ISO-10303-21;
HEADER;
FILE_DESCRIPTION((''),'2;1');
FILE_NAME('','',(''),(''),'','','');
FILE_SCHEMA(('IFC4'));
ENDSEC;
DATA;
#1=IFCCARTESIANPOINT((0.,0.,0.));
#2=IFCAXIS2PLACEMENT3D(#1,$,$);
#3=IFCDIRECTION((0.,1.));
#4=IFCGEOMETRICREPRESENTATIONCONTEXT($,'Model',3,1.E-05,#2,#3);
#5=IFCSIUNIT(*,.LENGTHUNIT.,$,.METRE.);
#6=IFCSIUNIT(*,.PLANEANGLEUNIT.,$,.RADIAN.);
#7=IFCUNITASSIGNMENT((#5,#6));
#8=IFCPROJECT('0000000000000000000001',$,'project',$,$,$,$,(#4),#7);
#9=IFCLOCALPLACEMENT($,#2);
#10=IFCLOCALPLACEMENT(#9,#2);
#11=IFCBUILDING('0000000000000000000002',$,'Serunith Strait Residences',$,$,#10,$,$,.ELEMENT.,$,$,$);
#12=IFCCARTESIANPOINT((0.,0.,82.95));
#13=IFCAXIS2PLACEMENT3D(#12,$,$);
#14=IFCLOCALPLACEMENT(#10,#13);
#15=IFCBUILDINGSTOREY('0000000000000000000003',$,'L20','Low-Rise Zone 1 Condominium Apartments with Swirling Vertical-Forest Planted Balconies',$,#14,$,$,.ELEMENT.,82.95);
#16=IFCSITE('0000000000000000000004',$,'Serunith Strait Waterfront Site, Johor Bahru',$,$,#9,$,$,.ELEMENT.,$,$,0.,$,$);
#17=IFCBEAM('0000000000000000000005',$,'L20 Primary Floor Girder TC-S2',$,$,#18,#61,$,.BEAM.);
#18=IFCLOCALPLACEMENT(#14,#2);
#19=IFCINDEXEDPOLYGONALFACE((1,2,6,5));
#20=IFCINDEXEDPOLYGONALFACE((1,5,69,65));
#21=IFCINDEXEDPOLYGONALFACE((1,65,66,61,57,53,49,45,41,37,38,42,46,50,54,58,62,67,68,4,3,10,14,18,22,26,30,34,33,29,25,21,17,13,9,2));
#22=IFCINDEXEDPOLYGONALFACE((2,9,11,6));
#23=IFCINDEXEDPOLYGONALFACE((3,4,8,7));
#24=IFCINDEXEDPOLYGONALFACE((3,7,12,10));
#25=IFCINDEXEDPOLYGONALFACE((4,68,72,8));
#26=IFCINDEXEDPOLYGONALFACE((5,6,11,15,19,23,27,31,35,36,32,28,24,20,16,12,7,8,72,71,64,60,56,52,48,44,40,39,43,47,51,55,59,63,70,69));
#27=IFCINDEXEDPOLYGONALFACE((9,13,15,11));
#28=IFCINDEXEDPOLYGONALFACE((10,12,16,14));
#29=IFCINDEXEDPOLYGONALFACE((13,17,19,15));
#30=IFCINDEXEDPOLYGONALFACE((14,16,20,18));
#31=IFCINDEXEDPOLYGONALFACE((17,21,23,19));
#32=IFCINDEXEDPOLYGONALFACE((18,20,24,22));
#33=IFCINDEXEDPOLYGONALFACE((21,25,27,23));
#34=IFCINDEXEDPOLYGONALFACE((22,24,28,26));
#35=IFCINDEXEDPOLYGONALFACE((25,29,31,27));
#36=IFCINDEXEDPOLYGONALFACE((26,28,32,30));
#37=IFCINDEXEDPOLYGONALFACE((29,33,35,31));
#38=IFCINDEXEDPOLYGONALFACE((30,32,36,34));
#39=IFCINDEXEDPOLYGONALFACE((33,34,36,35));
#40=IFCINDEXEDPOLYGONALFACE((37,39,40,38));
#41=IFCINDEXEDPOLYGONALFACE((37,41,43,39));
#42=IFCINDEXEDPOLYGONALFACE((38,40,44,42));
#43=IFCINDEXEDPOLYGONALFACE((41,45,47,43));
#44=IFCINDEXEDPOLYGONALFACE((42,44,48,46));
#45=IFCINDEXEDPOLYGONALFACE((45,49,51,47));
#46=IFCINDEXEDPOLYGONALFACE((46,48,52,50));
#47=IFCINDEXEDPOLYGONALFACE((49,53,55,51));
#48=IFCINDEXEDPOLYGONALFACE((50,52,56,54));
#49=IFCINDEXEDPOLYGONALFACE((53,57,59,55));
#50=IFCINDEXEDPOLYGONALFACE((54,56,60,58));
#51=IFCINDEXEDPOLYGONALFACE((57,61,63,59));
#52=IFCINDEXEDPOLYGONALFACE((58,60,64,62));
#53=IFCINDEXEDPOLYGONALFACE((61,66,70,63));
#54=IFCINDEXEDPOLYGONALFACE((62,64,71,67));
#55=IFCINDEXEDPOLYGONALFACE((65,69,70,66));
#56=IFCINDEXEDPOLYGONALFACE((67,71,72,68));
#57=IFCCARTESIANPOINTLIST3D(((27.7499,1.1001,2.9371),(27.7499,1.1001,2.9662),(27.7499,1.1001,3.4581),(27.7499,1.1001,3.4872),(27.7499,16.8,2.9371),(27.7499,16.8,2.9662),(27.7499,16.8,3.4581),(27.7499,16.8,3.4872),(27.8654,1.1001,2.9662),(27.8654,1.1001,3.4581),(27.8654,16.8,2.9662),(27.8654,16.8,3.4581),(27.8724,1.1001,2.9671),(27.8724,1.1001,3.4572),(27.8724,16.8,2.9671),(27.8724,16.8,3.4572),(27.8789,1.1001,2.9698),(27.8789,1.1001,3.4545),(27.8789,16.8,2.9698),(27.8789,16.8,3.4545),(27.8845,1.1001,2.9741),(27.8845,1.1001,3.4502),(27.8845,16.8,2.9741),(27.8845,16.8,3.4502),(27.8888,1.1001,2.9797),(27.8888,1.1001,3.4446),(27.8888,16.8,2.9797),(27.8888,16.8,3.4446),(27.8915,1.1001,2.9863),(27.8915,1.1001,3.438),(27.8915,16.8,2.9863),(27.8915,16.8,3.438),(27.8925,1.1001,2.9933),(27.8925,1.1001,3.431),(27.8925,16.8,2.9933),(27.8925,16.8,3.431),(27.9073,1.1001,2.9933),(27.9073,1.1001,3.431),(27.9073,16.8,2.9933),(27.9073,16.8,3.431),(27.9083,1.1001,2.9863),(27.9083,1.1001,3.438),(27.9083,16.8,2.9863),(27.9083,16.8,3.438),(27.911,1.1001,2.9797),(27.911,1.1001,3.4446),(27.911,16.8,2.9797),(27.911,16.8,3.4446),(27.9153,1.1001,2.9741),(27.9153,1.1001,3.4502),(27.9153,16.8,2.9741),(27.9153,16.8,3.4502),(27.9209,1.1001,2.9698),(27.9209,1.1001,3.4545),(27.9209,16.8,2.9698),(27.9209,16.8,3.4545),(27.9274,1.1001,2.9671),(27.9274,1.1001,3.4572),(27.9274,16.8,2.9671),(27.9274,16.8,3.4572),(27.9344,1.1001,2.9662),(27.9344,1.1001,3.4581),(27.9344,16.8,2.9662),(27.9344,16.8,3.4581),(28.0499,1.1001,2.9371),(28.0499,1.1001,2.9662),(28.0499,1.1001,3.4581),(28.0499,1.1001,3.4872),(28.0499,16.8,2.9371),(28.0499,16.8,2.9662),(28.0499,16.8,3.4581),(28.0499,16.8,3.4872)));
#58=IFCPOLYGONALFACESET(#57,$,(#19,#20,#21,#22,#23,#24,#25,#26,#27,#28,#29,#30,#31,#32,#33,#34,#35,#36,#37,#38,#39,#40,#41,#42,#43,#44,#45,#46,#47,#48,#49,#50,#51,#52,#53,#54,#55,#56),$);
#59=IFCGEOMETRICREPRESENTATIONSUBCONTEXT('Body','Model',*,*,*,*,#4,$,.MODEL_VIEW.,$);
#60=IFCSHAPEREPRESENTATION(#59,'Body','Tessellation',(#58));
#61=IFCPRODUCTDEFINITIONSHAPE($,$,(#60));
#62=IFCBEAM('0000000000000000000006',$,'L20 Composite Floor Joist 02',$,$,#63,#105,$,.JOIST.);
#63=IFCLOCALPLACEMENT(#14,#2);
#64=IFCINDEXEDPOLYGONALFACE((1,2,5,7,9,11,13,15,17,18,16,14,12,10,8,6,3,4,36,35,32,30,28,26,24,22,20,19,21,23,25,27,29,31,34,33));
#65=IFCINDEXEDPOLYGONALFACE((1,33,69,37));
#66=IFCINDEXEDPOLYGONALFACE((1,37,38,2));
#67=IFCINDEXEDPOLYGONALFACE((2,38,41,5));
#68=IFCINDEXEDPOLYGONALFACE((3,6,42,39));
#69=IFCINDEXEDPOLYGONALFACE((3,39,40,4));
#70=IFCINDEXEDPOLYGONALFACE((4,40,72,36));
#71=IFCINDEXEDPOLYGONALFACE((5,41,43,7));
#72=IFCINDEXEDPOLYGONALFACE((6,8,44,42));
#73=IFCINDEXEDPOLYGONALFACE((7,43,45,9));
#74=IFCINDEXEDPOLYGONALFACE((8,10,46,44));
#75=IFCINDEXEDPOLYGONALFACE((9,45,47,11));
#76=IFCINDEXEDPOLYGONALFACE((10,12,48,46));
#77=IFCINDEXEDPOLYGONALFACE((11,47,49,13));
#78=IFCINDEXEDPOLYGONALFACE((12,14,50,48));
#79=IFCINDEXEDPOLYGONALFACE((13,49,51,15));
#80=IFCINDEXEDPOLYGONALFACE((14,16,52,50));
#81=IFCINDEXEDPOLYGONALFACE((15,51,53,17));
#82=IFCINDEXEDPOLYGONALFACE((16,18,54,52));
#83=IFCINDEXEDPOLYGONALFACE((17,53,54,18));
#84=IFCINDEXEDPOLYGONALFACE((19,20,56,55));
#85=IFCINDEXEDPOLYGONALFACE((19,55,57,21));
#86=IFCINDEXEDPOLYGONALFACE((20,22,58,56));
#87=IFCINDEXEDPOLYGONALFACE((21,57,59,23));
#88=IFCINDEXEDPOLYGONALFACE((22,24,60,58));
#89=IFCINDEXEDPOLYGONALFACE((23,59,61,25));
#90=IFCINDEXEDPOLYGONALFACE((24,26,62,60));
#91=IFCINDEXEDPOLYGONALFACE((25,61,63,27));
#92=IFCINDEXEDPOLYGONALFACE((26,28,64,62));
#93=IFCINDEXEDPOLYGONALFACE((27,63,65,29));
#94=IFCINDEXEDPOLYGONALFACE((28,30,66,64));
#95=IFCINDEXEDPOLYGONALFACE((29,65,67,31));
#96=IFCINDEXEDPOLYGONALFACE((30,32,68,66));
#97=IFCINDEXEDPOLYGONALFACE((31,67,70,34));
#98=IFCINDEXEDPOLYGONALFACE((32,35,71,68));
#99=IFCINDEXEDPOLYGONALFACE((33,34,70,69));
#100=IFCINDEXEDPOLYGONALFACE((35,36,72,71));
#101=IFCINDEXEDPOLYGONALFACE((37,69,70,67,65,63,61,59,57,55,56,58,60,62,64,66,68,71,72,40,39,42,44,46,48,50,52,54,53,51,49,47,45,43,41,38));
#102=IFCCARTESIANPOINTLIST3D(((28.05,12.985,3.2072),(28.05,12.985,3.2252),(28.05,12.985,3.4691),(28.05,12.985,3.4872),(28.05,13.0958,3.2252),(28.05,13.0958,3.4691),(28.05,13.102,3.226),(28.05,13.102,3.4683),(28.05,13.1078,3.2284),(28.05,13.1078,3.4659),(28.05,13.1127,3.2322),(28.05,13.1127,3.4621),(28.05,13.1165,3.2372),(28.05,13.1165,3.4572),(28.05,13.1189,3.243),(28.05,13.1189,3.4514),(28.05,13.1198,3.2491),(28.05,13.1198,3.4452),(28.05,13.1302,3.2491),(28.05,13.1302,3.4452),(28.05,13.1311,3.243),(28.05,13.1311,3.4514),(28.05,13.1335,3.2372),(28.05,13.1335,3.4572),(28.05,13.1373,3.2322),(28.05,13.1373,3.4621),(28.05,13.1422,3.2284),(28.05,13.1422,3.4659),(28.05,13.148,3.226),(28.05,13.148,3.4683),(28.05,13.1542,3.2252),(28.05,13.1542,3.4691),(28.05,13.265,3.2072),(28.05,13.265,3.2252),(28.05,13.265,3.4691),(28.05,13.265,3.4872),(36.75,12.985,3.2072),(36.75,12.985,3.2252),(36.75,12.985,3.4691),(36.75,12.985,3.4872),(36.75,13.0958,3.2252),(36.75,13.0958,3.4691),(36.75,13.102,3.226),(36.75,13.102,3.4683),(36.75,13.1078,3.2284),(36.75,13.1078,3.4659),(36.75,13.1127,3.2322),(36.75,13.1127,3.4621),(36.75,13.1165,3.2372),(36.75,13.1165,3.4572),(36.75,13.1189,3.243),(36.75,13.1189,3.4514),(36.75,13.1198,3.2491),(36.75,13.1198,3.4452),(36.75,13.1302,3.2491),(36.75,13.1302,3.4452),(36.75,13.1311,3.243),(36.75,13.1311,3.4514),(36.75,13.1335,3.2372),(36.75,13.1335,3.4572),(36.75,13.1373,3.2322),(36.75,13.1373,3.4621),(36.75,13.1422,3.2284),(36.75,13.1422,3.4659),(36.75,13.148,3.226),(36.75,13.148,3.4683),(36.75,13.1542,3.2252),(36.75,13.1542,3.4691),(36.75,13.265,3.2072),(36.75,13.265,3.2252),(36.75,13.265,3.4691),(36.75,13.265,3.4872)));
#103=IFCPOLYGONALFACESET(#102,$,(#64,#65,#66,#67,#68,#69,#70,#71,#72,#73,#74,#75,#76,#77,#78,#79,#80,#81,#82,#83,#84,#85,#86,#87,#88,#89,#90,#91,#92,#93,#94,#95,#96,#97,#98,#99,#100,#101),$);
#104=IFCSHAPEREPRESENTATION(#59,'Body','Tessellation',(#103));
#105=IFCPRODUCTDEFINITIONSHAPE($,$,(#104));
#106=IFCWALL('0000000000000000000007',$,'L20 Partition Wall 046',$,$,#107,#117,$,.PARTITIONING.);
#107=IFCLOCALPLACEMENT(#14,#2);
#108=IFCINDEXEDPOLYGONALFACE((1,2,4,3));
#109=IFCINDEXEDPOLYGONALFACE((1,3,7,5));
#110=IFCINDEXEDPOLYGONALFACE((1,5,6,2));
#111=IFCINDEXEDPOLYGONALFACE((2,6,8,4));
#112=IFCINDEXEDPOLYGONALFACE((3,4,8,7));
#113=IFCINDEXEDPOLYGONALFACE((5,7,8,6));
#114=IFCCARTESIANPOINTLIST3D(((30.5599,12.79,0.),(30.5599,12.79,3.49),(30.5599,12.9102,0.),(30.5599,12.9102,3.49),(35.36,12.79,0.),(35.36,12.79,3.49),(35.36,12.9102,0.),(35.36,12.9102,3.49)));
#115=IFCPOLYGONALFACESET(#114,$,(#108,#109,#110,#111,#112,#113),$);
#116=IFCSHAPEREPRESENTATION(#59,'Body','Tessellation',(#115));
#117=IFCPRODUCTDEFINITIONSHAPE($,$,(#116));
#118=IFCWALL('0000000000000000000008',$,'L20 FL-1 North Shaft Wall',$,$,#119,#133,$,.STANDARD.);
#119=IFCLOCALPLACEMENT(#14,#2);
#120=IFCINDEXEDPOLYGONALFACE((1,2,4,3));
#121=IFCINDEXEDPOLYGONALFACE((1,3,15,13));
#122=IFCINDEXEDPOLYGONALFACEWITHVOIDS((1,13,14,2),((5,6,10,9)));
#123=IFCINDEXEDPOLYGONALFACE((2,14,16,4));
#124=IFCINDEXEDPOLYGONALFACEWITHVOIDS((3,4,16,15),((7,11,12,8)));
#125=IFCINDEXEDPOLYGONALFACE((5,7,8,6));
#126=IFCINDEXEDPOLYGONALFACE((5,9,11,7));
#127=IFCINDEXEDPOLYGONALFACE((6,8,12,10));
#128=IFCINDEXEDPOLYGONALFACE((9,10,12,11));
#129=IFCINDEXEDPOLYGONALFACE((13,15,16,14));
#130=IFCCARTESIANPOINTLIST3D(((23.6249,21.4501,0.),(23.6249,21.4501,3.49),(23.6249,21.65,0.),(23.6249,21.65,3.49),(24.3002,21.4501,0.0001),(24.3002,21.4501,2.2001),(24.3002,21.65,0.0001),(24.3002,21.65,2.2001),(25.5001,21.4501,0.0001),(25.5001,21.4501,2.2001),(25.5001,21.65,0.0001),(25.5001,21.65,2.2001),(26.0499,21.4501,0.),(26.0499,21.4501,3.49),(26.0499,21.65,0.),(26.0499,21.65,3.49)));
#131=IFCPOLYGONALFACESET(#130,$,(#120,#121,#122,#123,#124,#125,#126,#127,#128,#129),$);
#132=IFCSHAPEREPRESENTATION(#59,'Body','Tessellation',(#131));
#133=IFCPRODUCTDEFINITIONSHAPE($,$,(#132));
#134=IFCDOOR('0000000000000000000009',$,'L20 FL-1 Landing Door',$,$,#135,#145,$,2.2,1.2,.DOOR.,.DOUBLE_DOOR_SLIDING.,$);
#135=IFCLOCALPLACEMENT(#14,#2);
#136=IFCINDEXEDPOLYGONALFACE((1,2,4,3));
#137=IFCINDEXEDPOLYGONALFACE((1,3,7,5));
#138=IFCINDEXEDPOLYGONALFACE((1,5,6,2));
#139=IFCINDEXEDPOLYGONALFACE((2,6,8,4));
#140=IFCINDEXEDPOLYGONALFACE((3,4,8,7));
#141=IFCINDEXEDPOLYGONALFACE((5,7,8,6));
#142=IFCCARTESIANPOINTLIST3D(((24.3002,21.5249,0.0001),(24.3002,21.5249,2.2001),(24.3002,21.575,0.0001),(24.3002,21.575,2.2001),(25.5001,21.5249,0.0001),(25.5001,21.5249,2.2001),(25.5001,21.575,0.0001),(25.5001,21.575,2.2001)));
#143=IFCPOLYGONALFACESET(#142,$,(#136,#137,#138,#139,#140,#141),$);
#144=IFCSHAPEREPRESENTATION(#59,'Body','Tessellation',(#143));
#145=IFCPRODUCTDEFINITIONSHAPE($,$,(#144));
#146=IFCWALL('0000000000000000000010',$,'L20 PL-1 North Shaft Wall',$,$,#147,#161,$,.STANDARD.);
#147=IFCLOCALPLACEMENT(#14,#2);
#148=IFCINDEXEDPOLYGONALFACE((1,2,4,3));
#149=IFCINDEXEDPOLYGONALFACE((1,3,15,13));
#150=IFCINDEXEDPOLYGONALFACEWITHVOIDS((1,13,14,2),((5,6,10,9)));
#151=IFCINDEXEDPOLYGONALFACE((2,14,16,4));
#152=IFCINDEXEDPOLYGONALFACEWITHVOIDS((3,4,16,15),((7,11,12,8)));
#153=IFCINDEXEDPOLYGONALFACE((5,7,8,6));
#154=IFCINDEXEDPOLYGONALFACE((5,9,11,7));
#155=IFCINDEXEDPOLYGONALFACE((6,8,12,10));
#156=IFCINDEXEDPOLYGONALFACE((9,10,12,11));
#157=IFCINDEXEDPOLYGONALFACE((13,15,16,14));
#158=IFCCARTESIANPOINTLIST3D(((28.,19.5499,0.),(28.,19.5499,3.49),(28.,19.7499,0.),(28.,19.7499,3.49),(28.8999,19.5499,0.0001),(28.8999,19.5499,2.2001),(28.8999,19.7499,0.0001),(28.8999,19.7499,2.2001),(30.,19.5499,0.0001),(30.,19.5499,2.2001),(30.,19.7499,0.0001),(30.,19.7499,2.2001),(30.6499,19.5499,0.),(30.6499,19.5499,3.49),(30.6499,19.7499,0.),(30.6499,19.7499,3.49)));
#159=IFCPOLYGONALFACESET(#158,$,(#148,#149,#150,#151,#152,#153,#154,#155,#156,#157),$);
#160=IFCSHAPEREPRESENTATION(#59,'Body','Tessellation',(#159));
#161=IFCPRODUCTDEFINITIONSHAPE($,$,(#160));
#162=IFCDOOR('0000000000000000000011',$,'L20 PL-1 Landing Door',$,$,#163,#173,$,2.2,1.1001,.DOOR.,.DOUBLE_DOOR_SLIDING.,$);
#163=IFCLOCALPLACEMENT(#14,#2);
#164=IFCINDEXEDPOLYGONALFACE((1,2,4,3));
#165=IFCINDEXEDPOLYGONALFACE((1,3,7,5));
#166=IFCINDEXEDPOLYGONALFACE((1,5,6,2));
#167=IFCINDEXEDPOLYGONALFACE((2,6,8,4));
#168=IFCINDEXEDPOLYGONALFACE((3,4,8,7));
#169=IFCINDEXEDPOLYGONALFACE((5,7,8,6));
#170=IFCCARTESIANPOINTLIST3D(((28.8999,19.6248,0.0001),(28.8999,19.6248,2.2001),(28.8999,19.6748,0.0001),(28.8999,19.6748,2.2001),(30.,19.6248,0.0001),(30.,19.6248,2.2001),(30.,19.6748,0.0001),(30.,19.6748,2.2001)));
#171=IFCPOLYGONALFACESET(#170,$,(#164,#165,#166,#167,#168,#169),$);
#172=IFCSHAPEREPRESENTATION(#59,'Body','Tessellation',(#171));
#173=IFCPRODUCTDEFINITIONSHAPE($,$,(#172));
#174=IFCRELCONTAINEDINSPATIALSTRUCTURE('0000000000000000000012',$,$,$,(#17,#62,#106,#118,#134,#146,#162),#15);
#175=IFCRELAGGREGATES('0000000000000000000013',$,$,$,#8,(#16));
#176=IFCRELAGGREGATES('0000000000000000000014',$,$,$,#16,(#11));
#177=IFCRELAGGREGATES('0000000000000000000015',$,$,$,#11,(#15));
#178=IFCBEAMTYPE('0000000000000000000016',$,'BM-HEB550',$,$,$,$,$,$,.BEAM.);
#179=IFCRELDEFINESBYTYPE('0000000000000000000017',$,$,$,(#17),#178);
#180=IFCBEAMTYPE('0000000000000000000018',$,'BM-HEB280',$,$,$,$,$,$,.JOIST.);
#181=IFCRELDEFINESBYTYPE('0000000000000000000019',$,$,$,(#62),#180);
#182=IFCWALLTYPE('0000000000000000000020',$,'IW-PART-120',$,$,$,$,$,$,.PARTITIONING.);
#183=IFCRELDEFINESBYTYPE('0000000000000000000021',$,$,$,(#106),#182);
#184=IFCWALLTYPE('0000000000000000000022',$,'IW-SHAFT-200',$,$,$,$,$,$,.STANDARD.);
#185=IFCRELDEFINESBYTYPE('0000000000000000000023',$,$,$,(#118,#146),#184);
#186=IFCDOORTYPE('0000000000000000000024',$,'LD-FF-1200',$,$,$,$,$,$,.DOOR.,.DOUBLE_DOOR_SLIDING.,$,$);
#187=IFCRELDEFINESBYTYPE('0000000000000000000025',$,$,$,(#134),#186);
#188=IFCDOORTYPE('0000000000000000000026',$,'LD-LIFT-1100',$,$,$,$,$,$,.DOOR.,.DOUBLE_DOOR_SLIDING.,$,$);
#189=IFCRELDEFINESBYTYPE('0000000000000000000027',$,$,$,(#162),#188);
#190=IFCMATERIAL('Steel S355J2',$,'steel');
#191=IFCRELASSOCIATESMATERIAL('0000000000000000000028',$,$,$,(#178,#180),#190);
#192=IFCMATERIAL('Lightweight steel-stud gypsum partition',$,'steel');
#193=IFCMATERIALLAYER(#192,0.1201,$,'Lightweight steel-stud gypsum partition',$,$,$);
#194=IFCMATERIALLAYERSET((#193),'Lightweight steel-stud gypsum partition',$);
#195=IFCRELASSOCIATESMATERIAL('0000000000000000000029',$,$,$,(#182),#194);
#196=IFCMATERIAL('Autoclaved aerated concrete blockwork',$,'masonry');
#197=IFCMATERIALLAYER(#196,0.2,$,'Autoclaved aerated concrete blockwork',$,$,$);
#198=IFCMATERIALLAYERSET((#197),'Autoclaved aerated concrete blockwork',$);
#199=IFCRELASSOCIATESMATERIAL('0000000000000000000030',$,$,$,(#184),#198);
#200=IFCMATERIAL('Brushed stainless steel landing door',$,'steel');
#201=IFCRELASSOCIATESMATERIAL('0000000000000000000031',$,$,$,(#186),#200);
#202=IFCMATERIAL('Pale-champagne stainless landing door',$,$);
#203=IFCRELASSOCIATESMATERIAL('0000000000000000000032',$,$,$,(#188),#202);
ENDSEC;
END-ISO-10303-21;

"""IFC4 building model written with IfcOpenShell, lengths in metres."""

from ifc_helpers import new_model, si_unit, direction, frame, frame_2d, origin, origin_2d, place, context, subcontext, project, spatial, rectangle, i_section, extrude, source, transform, mapped, material, layer, layer_set, material_profile, profile_set, type_object, element, fill, save


model = new_model("IFC4")

# Units and contexts
model_context = context("Model", 3, precision=1e-05, world=origin(), true_north=direction((0.0, 1.0)))
body_context = subcontext(model_context, "Body", "Model", "MODEL_VIEW")
ifc_project = project(units=[si_unit("LENGTHUNIT", "METRE"), si_unit("PLANEANGLEUNIT", "RADIAN")], contexts=[model_context])

# Site, building, storey
site_placement = place(None, origin())
site = spatial("IfcSite", under=ifc_project, at=site_placement, Name="Serunith Strait Waterfront Site, Johor Bahru", CompositionType="ELEMENT", RefElevation=0.0)
building_placement = place(site_placement, origin())
building = spatial("IfcBuilding", under=site, at=building_placement, Name="Serunith Strait Residences", CompositionType="ELEMENT")
storey_placement = place(building_placement, frame((0.0, 0.0, 82.95)))
storey = spatial("IfcBuildingStorey", under=building, at=storey_placement, Name="L20", Description="Low-Rise Zone 1 Condominium Apartments with Swirling Vertical-Forest Planted Balconies", CompositionType="ELEMENT", Elevation=82.95)

# Beams
ifc_material_1 = material(Name="Steel S355J2", Category="steel")
ifc_material_profile_1 = material_profile(ifc_material_1, i_section(OverallWidth=0.3, OverallDepth=0.55, WebThickness=0.0149, FlangeThickness=0.0291, FilletRadius=0.0271, at=origin_2d()), Name="HEB 550")
ifc_profile_set_1 = profile_set([ifc_material_profile_1], Name="Steel S355J2")
beam_type_1 = type_object("IfcBeamType", Name="BM-HEB550", PredefinedType="BEAM", material=ifc_profile_set_1)
shared_shape_1 = source(origin(), body_context, "Body", "SweptSolid", [
    extrude(i_section(OverallWidth=0.3, OverallDepth=0.55, WebThickness=0.0149, FlangeThickness=0.0291, FilletRadius=0.0271, at=origin_2d()), origin(), (0.0, 0.0, 1.0), 15.7),
])
beam_1_placement = place(storey_placement, frame((27.8999, 16.8, 3.2122), z_axis=(0.0, -1.0, 0.0), x_axis=(1.0, 0.0, 0.0)))
element("IfcBeam", 1, at=beam_1_placement, inside=storey, type_object=beam_type_1, Name="L20 Primary Floor Girder TC-S2", PredefinedType="BEAM", context=body_context, shape_type="MappedRepresentation", body=[
    mapped(shared_shape_1, transform((0.0, 0.0, 0.0), scale=1.0)),
])
ifc_material_profile_2 = material_profile(ifc_material_1, i_section(OverallWidth=0.28, OverallDepth=0.28, WebThickness=0.0105, FlangeThickness=0.0181, FilletRadius=0.0239, at=origin_2d()), Name="HEB 280")
ifc_profile_set_2 = profile_set([ifc_material_profile_2], Name="Steel S355J2")
beam_type_2 = type_object("IfcBeamType", Name="BM-HEB280", PredefinedType="JOIST", material=ifc_profile_set_2)
shared_shape_2 = source(origin(), body_context, "Body", "SweptSolid", [
    extrude(i_section(OverallWidth=0.28, OverallDepth=0.28, WebThickness=0.0105, FlangeThickness=0.0181, FilletRadius=0.0239, at=origin_2d()), origin(), (0.0, 0.0, 1.0), 8.7),
])
beam_2_placement = place(storey_placement, frame((28.05, 13.125, 3.3472), z_axis=(1.0, 0.0, 0.0), x_axis=(0.0, 1.0, 0.0)))
element("IfcBeam", 2, at=beam_2_placement, inside=storey, type_object=beam_type_2, Name="L20 Composite Floor Joist 02", PredefinedType="JOIST", context=body_context, shape_type="MappedRepresentation", body=[
    mapped(shared_shape_2, transform((0.0, 0.0, 0.0), scale=1.0)),
])

# Wall
ifc_material_2 = material(Name="Lightweight steel-stud gypsum partition", Category="steel")
ifc_layer_1 = layer(ifc_material_2, 0.1201, Name="Lightweight steel-stud gypsum partition")
ifc_layer_set_1 = layer_set([ifc_layer_1], Name="Lightweight steel-stud gypsum partition")
wall_type_1 = type_object("IfcWallType", Name="IW-PART-120", PredefinedType="PARTITIONING", material=ifc_layer_set_1)
wall_1_placement = place(storey_placement, frame((30.5601, 12.8501, 0.0), z_axis=(0.0, 0.0, 1.0), x_axis=(1.0, 0.0, 0.0)))
element("IfcWall", 3, at=wall_1_placement, inside=storey, type_object=wall_type_1, Name="L20 Partition Wall 046", PredefinedType="PARTITIONING", context=body_context, shape_type="SweptSolid", body=[
    extrude(rectangle(XDim=4.8, YDim=0.1201, at=frame_2d((2.3999, 0.0))), origin(), (0.0, 0.0, 1.0), 3.49),
])

# Walls, openings, doors
ifc_material_3 = material(Name="Autoclaved aerated concrete blockwork", Category="masonry")
ifc_layer_2 = layer(ifc_material_3, 0.2, Name="Autoclaved aerated concrete blockwork")
ifc_layer_set_2 = layer_set([ifc_layer_2], Name="Autoclaved aerated concrete blockwork")
wall_type_2 = type_object("IfcWallType", Name="IW-SHAFT-200", PredefinedType="STANDARD", material=ifc_layer_set_2)
wall_2_placement = place(storey_placement, frame((23.625, 21.55, 0.0), z_axis=(0.0, 0.0, 1.0), x_axis=(1.0, 0.0, 0.0)))
wall_2 = element("IfcWall", 4, at=wall_2_placement, inside=storey, type_object=wall_type_2, Name="L20 FL-1 North Shaft Wall", PredefinedType="STANDARD", context=body_context, shape_type="SweptSolid", body=[
    extrude(rectangle(XDim=2.425, YDim=0.2, at=frame_2d((1.2124, 0.0))), origin(), (0.0, 0.0, 1.0), 3.49),
])
opening_1_placement = place(wall_2_placement, frame((0.675, 0.0, 0.0)))
opening_1 = element("IfcOpeningElement", 5, at=opening_1_placement, cuts=wall_2, PredefinedType="OPENING", context=body_context, shape_type="SweptSolid", body=[
    extrude(rectangle(XDim=1.2, YDim=2.2, at=frame_2d((0.6001, 1.1001))), frame((0.0, 0.1099, 0.0), z_axis=(0.0, -1.0, 0.0), x_axis=(1.0, 0.0, 0.0)), (0.0, 0.0, 1.0), 0.22),
])
ifc_material_4 = material(Name="Brushed stainless steel landing door", Category="steel")
door_type_1 = type_object("IfcDoorType", Name="LD-FF-1200", OperationType="DOUBLE_DOOR_SLIDING", PredefinedType="DOOR", material=ifc_material_4)
shared_shape_3 = source(origin(), body_context, "Body", "SweptSolid", [
    extrude(rectangle(XDim=1.2, YDim=2.2, at=frame_2d((0.6001, 1.1001))), frame((0.0, 0.0249, 0.0), z_axis=(0.0, -1.0, 0.0), x_axis=(1.0, 0.0, 0.0)), (0.0, 0.0, 1.0), 0.05),
])
door_1_placement = place(opening_1_placement, origin())
door_1 = element("IfcDoor", 6, at=door_1_placement, inside=storey, type_object=door_type_1, Name="L20 FL-1 Landing Door", OperationType="DOUBLE_DOOR_SLIDING", OverallHeight=2.2, OverallWidth=1.2, PredefinedType="DOOR", context=body_context, shape_type="MappedRepresentation", body=[
    mapped(shared_shape_3, transform((0.0, 0.0, 0.0), scale=1.0)),
])
fill(opening_1, door_1)
wall_3_placement = place(storey_placement, frame((28.0, 19.6499, 0.0), z_axis=(0.0, 0.0, 1.0), x_axis=(1.0, 0.0, 0.0)))
wall_3 = element("IfcWall", 7, at=wall_3_placement, inside=storey, type_object=wall_type_2, Name="L20 PL-1 North Shaft Wall", PredefinedType="STANDARD", context=body_context, shape_type="SweptSolid", body=[
    extrude(rectangle(XDim=2.6499, YDim=0.2, at=frame_2d((1.325, 0.0))), origin(), (0.0, 0.0, 1.0), 3.49),
])
opening_2_placement = place(wall_3_placement, frame((0.8999, 0.0, 0.0)))
opening_2 = element("IfcOpeningElement", 8, at=opening_2_placement, cuts=wall_3, PredefinedType="OPENING", context=body_context, shape_type="SweptSolid", body=[
    extrude(rectangle(XDim=1.1001, YDim=2.2, at=frame_2d((0.55, 1.1001))), frame((0.0, 0.1099, 0.0), z_axis=(0.0, -1.0, 0.0), x_axis=(1.0, 0.0, 0.0)), (0.0, 0.0, 1.0), 0.22),
])
ifc_material_5 = material(Name="Pale-champagne stainless landing door")
door_type_2 = type_object("IfcDoorType", Name="LD-LIFT-1100", OperationType="DOUBLE_DOOR_SLIDING", PredefinedType="DOOR", material=ifc_material_5)
shared_shape_4 = source(origin(), body_context, "Body", "SweptSolid", [
    extrude(rectangle(XDim=1.1001, YDim=2.2, at=frame_2d((0.55, 1.1001))), frame((0.0, 0.0249, 0.0), z_axis=(0.0, -1.0, 0.0), x_axis=(1.0, 0.0, 0.0)), (0.0, 0.0, 1.0), 0.05),
])
door_2_placement = place(opening_2_placement, origin())
door_2 = element("IfcDoor", 9, at=door_2_placement, inside=storey, type_object=door_type_2, Name="L20 PL-1 Landing Door", OperationType="DOUBLE_DOOR_SLIDING", OverallHeight=2.2, OverallWidth=1.1001, PredefinedType="DOOR", context=body_context, shape_type="MappedRepresentation", body=[
    mapped(shared_shape_4, transform((0.0, 0.0, 0.0), scale=1.0)),
])
fill(opening_2, door_2)

save(model, "model.ifc")
